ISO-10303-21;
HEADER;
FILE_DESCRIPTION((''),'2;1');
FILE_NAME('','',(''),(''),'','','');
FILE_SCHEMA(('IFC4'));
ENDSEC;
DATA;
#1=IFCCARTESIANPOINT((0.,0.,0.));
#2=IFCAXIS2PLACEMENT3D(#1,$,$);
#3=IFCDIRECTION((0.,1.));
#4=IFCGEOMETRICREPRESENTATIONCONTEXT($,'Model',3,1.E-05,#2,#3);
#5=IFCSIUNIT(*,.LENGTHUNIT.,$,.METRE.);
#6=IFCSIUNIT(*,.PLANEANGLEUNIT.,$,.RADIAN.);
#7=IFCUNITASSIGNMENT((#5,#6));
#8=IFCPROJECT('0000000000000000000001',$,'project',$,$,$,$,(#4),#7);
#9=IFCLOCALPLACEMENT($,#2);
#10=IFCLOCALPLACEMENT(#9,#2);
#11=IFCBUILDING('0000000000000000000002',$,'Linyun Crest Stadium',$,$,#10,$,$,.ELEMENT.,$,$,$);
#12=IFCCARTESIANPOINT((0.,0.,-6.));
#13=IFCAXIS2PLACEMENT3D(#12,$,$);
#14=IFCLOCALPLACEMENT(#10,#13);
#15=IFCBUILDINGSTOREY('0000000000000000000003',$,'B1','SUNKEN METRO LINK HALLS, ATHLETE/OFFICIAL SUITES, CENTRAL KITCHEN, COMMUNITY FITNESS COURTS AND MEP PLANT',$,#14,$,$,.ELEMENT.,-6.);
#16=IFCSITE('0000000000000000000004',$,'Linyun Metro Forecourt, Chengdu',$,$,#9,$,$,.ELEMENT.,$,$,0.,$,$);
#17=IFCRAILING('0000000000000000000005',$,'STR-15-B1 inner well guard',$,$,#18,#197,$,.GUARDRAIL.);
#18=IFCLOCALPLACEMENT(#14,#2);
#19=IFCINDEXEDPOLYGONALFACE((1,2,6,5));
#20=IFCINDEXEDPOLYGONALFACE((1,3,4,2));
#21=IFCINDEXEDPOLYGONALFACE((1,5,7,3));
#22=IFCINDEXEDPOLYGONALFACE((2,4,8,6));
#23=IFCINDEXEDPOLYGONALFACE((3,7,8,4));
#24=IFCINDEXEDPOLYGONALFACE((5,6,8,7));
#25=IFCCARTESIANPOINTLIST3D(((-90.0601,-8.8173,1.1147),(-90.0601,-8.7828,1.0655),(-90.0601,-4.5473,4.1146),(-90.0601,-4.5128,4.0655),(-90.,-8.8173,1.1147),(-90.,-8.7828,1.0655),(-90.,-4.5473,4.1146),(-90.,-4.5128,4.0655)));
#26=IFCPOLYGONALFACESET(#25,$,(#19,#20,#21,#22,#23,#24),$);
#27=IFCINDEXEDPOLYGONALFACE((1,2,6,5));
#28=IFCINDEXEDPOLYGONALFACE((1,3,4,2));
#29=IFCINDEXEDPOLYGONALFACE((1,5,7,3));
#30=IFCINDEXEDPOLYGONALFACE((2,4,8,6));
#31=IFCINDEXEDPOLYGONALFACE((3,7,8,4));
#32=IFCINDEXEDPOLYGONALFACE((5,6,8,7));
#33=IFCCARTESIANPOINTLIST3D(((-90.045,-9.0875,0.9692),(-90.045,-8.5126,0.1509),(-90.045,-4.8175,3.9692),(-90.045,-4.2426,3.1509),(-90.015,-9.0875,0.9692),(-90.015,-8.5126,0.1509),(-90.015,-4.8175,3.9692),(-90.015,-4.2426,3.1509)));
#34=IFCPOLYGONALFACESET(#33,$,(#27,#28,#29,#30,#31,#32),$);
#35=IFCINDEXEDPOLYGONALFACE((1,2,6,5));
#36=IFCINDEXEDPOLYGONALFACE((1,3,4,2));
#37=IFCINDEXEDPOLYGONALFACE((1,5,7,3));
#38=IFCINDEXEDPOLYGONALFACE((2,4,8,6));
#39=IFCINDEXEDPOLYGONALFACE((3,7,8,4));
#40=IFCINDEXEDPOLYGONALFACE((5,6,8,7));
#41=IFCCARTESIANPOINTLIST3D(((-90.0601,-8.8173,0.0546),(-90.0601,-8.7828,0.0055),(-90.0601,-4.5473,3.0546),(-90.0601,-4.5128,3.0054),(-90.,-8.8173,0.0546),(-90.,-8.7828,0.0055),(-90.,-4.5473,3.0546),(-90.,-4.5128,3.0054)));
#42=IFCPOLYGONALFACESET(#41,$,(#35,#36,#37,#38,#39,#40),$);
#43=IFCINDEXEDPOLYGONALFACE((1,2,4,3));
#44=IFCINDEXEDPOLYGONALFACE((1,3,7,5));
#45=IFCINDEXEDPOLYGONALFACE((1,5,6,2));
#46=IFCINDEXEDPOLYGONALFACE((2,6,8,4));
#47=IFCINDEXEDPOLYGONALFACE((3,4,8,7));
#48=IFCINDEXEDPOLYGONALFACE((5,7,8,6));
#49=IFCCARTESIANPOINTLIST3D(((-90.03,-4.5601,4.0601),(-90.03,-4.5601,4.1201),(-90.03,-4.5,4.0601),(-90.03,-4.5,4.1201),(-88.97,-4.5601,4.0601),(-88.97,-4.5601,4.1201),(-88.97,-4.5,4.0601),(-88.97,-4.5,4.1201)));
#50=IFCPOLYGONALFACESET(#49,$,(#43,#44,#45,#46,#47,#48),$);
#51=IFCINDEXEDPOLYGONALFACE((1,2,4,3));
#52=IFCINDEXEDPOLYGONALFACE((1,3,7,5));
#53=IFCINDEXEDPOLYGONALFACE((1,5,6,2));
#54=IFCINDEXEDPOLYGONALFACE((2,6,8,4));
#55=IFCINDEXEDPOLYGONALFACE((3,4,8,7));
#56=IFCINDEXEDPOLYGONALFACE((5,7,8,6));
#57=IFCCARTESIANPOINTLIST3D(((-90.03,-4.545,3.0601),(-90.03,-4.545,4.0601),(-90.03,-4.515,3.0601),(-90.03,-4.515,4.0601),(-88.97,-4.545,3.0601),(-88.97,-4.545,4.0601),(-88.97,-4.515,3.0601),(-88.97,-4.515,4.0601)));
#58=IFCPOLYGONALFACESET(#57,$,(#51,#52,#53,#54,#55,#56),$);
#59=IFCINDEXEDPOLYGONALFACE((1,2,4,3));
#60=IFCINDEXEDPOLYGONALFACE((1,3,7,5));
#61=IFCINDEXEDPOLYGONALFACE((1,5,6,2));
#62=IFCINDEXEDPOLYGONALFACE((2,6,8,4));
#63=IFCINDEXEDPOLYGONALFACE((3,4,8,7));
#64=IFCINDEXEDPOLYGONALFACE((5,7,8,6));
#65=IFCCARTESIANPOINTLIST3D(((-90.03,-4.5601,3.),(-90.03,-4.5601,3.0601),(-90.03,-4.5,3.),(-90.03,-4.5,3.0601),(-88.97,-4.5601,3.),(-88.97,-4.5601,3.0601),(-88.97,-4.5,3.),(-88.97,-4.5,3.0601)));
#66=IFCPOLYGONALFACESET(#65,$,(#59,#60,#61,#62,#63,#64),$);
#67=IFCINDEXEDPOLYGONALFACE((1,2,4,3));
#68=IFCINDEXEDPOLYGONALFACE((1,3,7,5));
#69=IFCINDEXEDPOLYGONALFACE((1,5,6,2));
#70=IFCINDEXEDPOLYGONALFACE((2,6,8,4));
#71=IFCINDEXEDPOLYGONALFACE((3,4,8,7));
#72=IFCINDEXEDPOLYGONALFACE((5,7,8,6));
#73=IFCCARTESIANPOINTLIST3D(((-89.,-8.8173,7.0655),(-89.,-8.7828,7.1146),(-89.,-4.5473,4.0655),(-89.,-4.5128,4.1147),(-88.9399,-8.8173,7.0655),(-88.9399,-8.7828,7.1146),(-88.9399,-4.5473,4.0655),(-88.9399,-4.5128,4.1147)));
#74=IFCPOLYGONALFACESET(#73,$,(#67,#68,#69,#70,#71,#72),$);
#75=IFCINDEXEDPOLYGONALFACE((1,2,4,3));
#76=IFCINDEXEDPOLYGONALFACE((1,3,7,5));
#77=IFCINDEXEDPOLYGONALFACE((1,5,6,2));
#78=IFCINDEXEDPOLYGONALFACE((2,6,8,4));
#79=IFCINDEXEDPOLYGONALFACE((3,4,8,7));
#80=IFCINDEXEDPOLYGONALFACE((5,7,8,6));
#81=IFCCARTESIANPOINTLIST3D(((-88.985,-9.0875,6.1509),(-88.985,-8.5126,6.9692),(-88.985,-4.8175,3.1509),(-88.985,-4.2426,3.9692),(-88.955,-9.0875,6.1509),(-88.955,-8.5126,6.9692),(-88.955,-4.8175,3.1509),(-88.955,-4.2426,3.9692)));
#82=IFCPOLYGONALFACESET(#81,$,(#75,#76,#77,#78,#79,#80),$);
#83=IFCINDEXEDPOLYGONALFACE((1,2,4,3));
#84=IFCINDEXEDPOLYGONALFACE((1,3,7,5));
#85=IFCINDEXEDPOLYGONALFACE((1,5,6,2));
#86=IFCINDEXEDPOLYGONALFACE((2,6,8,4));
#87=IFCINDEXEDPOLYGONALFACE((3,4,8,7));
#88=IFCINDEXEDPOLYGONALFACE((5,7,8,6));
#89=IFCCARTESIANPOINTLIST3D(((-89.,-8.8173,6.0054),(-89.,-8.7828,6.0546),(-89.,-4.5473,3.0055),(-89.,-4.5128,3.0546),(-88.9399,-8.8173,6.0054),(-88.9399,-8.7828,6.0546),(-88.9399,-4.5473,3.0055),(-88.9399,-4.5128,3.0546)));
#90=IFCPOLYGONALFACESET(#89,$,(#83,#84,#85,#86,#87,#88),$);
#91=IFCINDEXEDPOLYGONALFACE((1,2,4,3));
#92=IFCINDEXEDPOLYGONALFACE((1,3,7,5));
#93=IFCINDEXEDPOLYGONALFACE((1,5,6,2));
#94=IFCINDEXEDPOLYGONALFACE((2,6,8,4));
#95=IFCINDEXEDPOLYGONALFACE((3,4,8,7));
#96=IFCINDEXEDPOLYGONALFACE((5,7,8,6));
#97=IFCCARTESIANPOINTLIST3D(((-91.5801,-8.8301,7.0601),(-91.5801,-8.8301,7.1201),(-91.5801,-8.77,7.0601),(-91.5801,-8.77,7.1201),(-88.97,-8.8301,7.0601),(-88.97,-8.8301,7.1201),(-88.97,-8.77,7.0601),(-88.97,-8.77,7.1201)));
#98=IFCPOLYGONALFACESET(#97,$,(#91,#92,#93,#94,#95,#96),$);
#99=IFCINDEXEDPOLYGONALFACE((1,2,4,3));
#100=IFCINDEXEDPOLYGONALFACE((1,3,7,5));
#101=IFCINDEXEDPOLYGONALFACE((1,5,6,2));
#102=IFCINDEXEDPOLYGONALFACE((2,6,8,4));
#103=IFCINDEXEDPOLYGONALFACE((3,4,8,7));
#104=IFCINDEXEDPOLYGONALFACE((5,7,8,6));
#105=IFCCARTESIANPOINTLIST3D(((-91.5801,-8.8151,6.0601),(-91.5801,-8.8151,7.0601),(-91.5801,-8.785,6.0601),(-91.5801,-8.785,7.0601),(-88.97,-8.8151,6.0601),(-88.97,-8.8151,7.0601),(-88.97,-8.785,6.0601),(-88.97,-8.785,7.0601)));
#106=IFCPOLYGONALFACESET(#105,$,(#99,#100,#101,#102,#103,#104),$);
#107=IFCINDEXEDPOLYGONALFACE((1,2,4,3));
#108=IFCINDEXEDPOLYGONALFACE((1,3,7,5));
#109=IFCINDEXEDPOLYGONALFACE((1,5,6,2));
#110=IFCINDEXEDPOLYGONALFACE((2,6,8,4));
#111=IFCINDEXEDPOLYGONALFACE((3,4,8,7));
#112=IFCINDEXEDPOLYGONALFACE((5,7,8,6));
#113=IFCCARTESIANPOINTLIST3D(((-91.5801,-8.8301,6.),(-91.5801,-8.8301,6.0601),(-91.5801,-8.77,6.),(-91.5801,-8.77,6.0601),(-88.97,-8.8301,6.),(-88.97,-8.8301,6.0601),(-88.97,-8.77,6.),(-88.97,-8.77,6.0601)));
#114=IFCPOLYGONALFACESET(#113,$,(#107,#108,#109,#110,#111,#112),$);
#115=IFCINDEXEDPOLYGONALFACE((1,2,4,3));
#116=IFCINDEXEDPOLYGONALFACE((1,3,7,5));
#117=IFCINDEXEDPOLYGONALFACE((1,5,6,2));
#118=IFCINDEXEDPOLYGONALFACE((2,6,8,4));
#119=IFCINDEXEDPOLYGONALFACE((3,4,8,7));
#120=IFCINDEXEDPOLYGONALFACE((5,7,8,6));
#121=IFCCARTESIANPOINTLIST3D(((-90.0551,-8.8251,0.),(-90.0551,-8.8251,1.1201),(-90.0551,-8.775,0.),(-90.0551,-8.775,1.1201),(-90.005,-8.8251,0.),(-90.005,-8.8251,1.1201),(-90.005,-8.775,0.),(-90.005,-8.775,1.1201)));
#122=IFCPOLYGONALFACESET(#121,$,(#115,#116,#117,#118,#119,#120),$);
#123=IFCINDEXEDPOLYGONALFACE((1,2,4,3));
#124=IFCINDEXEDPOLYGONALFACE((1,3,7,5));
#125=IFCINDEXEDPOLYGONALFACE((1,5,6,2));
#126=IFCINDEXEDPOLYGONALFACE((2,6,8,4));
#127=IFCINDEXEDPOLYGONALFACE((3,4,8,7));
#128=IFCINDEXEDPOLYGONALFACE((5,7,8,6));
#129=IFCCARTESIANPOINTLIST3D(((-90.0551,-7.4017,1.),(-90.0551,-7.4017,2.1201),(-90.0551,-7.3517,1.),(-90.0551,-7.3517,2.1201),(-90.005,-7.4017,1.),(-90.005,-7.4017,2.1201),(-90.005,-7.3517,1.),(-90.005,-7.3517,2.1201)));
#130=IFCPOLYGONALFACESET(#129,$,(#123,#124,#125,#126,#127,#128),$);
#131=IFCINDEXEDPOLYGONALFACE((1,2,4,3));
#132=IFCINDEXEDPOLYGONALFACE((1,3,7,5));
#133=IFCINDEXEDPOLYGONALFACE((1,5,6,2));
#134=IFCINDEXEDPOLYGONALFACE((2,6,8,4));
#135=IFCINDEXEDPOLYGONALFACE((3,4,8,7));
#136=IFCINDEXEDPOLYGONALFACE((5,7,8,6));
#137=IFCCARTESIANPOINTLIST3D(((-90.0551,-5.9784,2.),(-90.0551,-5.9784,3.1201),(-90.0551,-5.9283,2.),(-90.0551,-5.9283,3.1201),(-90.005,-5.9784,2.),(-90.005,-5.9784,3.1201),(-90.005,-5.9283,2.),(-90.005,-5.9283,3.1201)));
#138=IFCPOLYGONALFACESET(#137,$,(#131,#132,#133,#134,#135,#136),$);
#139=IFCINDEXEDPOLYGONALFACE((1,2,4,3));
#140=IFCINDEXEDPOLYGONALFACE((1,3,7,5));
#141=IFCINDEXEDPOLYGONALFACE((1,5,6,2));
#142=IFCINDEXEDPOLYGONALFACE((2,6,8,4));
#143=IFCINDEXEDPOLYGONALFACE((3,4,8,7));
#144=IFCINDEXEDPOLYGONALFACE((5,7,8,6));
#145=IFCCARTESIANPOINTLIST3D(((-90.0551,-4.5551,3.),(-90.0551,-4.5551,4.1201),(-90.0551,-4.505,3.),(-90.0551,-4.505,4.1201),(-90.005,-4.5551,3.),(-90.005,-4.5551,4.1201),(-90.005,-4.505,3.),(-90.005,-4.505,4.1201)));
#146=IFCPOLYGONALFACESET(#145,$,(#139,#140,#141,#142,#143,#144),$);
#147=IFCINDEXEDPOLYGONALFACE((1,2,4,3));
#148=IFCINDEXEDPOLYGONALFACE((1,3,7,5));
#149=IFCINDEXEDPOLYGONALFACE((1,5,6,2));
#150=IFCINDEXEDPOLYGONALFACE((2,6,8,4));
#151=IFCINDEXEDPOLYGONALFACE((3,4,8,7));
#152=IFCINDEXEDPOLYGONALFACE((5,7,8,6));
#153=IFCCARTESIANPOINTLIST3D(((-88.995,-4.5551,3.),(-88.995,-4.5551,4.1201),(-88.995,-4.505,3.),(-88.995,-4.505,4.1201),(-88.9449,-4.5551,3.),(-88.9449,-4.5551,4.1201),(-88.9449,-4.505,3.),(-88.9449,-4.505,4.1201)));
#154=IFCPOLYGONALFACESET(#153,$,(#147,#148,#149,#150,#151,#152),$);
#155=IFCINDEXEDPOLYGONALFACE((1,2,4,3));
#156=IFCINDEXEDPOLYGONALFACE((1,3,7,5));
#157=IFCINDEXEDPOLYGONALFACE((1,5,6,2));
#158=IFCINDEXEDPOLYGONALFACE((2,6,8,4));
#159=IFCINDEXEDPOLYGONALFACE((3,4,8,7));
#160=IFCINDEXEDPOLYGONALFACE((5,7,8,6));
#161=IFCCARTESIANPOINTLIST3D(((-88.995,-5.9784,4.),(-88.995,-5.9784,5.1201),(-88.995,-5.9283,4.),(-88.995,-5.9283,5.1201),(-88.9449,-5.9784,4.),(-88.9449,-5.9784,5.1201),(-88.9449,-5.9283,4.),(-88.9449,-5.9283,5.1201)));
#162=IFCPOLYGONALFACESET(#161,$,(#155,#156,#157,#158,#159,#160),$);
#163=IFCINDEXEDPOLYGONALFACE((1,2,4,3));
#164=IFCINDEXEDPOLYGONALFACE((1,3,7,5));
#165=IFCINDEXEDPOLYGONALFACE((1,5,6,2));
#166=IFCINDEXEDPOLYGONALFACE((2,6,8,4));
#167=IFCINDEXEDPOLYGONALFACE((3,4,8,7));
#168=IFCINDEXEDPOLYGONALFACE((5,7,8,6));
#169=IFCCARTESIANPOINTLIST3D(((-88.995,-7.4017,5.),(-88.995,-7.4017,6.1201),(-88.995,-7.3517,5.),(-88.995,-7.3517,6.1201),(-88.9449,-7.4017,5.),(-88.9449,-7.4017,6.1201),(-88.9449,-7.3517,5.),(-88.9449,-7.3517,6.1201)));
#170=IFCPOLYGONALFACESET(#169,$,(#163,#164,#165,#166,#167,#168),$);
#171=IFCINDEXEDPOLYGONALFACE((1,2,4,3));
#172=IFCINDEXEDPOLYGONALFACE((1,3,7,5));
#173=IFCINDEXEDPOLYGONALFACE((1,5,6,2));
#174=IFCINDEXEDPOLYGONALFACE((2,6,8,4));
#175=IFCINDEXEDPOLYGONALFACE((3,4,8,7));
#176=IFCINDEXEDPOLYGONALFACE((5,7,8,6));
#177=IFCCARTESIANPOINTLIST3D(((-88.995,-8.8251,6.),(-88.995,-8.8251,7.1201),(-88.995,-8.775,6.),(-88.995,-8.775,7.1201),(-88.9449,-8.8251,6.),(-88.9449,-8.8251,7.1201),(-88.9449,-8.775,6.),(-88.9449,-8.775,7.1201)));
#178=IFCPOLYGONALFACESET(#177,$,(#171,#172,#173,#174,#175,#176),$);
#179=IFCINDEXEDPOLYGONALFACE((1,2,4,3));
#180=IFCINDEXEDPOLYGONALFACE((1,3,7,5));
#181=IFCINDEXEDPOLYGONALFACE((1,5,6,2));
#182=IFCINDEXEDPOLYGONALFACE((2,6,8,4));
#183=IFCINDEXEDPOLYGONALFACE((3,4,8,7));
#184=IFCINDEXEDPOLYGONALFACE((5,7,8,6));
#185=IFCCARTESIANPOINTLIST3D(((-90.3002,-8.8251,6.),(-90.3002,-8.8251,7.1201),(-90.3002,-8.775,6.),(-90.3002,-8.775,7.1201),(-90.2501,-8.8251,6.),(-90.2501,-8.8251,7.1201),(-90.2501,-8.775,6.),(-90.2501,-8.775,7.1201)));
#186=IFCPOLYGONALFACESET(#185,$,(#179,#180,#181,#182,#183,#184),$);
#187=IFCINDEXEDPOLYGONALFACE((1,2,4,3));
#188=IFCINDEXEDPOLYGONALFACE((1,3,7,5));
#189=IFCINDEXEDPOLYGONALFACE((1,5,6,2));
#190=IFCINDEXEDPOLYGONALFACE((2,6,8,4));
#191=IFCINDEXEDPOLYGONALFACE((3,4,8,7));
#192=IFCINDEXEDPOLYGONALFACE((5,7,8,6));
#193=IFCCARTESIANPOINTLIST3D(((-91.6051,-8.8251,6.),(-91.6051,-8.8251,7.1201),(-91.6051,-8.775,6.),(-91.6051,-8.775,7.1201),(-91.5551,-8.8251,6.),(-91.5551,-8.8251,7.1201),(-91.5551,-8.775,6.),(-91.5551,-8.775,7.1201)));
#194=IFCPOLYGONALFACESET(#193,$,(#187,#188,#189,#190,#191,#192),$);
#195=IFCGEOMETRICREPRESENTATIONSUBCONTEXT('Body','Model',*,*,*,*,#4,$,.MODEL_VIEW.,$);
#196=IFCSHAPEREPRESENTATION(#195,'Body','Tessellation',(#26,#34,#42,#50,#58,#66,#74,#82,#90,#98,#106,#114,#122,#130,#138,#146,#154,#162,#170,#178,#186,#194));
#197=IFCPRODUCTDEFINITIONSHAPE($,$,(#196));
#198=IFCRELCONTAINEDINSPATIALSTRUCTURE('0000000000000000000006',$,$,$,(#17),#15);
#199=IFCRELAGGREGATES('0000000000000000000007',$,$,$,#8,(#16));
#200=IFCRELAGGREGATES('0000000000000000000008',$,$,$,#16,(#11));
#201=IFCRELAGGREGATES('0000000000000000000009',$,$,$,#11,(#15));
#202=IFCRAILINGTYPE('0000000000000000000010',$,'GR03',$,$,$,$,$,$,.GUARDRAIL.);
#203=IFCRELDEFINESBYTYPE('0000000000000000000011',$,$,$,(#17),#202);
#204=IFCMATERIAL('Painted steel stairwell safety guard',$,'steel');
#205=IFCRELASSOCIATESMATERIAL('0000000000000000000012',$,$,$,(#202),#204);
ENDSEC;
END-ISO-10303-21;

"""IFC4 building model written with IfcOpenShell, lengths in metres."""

from ifc_helpers import new_model, si_unit, direction, frame, origin, origin_2d, place, context, subcontext, project, spatial, rectangle, extrude, material, type_object, element, save


model = new_model("IFC4")

# Units and contexts
model_context = context("Model", 3, precision=1e-05, world=origin(), true_north=direction((0.0, 1.0)))
body_context = subcontext(model_context, "Body", "Model", "MODEL_VIEW")
ifc_project = project(units=[si_unit("LENGTHUNIT", "METRE"), si_unit("PLANEANGLEUNIT", "RADIAN")], contexts=[model_context])

# Site, building, storey
site_placement = place(None, origin())
site = spatial("IfcSite", under=ifc_project, at=site_placement, Name="Linyun Metro Forecourt, Chengdu", CompositionType="ELEMENT", RefElevation=0.0)
building_placement = place(site_placement, origin())
building = spatial("IfcBuilding", under=site, at=building_placement, Name="Linyun Crest Stadium", CompositionType="ELEMENT")
storey_placement = place(building_placement, frame((0.0, 0.0, -6.0)))
storey = spatial("IfcBuildingStorey", under=building, at=storey_placement, Name="B1", Description="SUNKEN METRO LINK HALLS, ATHLETE/OFFICIAL SUITES, CENTRAL KITCHEN, COMMUNITY FITNESS COURTS AND MEP PLANT", CompositionType="ELEMENT", Elevation=-6.0)

# Railing
ifc_material_1 = material(Name="Painted steel stairwell safety guard", Category="steel")
railing_type_1 = type_object("IfcRailingType", Name="GR03", PredefinedType="GUARDRAIL", material=ifc_material_1)
railing_1_placement = place(storey_placement, frame((-90.03, -8.8, 0.0)))
element("IfcRailing", 1, at=railing_1_placement, inside=storey, type_object=railing_type_1, Name="STR-15-B1 inner well guard", PredefinedType="GUARDRAIL", context=body_context, shape_type="SweptSolid", body=[
    extrude(rectangle(XDim=0.0601, YDim=0.0601, at=origin_2d()), frame((0.0, 0.0, 1.0901), z_axis=(0.0, 0.818242, 0.574874), x_axis=(-1.0, 0.0, 0.0)), (0.0, 0.0, 1.0), 5.2185),
    extrude(rectangle(XDim=0.03, YDim=1.0, at=origin_2d()), frame((0.0, 0.0, 0.5601), z_axis=(0.0, 0.818242, 0.574874), x_axis=(-1.0, 0.0, 0.0)), (0.0, 0.0, 1.0), 5.2185),
    extrude(rectangle(XDim=0.0601, YDim=0.0601, at=origin_2d()), frame((0.0, 0.0, 0.03), z_axis=(0.0, 0.818242, 0.574874), x_axis=(-1.0, 0.0, 0.0)), (0.0, 0.0, 1.0), 5.2185),
    extrude(rectangle(XDim=0.0601, YDim=0.0601, at=origin_2d()), frame((0.0, 4.27, 4.0901), z_axis=(1.0, 0.0, 0.0), x_axis=(0.0, 1.0, 0.0)), (0.0, 0.0, 1.0), 1.0601),
    extrude(rectangle(XDim=0.03, YDim=1.0, at=origin_2d()), frame((0.0, 4.27, 3.5601), z_axis=(1.0, 0.0, 0.0), x_axis=(0.0, 1.0, 0.0)), (0.0, 0.0, 1.0), 1.0601),
    extrude(rectangle(XDim=0.0601, YDim=0.0601, at=origin_2d()), frame((0.0, 4.27, 3.03), z_axis=(1.0, 0.0, 0.0), x_axis=(0.0, 1.0, 0.0)), (0.0, 0.0, 1.0), 1.0601),
    extrude(rectangle(XDim=0.0601, YDim=0.0601, at=origin_2d()), frame((1.0601, 4.27, 4.0901), z_axis=(0.0, -0.818242, 0.574874), x_axis=(1.0, 0.0, 0.0)), (0.0, 0.0, 1.0), 5.2185),
    extrude(rectangle(XDim=0.03, YDim=1.0, at=origin_2d()), frame((1.0601, 4.27, 3.5601), z_axis=(0.0, -0.818242, 0.574874), x_axis=(1.0, 0.0, 0.0)), (0.0, 0.0, 1.0), 5.2185),
    extrude(rectangle(XDim=0.0601, YDim=0.0601, at=origin_2d()), frame((1.0601, 4.27, 3.03), z_axis=(0.0, -0.818242, 0.574874), x_axis=(1.0, 0.0, 0.0)), (0.0, 0.0, 1.0), 5.2185),
    extrude(rectangle(XDim=0.0601, YDim=0.0601, at=origin_2d()), frame((1.0601, 0.0, 7.0901), z_axis=(-1.0, 0.0, 0.0), x_axis=(0.0, -1.0, 0.0)), (0.0, 0.0, 1.0), 2.6101),
    extrude(rectangle(XDim=0.03, YDim=1.0, at=origin_2d()), frame((1.0601, 0.0, 6.5601), z_axis=(-1.0, 0.0, 0.0), x_axis=(0.0, -1.0, 0.0)), (0.0, 0.0, 1.0), 2.6101),
    extrude(rectangle(XDim=0.0601, YDim=0.0601, at=origin_2d()), frame((1.0601, 0.0, 6.03), z_axis=(-1.0, 0.0, 0.0), x_axis=(0.0, -1.0, 0.0)), (0.0, 0.0, 1.0), 2.6101),
    extrude(rectangle(XDim=0.05, YDim=0.05, at=origin_2d()), origin(), (0.0, 0.0, 1.0), 1.1201),
    extrude(rectangle(XDim=0.05, YDim=0.05, at=origin_2d()), frame((0.0, 1.4233, 1.0)), (0.0, 0.0, 1.0), 1.1201),
    extrude(rectangle(XDim=0.05, YDim=0.05, at=origin_2d()), frame((0.0, 2.8467, 2.0)), (0.0, 0.0, 1.0), 1.1201),
    extrude(rectangle(XDim=0.05, YDim=0.05, at=origin_2d()), frame((0.0, 4.27, 3.0)), (0.0, 0.0, 1.0), 1.1201),
    extrude(rectangle(XDim=0.05, YDim=0.05, at=origin_2d()), frame((1.0601, 4.27, 3.0)), (0.0, 0.0, 1.0), 1.1201),
    extrude(rectangle(XDim=0.05, YDim=0.05, at=origin_2d()), frame((1.0601, 2.8467, 4.0)), (0.0, 0.0, 1.0), 1.1201),
    extrude(rectangle(XDim=0.05, YDim=0.05, at=origin_2d()), frame((1.0601, 1.4233, 5.0)), (0.0, 0.0, 1.0), 1.1201),
    extrude(rectangle(XDim=0.05, YDim=0.05, at=origin_2d()), frame((1.0601, 0.0, 6.0)), (0.0, 0.0, 1.0), 1.1201),
    extrude(rectangle(XDim=0.05, YDim=0.05, at=origin_2d()), frame((-0.2451, 0.0, 6.0)), (0.0, 0.0, 1.0), 1.1201),
    extrude(rectangle(XDim=0.05, YDim=0.05, at=origin_2d()), frame((-1.55, 0.0, 6.0)), (0.0, 0.0, 1.0), 1.1201),
])

save(model, "model.ifc")
